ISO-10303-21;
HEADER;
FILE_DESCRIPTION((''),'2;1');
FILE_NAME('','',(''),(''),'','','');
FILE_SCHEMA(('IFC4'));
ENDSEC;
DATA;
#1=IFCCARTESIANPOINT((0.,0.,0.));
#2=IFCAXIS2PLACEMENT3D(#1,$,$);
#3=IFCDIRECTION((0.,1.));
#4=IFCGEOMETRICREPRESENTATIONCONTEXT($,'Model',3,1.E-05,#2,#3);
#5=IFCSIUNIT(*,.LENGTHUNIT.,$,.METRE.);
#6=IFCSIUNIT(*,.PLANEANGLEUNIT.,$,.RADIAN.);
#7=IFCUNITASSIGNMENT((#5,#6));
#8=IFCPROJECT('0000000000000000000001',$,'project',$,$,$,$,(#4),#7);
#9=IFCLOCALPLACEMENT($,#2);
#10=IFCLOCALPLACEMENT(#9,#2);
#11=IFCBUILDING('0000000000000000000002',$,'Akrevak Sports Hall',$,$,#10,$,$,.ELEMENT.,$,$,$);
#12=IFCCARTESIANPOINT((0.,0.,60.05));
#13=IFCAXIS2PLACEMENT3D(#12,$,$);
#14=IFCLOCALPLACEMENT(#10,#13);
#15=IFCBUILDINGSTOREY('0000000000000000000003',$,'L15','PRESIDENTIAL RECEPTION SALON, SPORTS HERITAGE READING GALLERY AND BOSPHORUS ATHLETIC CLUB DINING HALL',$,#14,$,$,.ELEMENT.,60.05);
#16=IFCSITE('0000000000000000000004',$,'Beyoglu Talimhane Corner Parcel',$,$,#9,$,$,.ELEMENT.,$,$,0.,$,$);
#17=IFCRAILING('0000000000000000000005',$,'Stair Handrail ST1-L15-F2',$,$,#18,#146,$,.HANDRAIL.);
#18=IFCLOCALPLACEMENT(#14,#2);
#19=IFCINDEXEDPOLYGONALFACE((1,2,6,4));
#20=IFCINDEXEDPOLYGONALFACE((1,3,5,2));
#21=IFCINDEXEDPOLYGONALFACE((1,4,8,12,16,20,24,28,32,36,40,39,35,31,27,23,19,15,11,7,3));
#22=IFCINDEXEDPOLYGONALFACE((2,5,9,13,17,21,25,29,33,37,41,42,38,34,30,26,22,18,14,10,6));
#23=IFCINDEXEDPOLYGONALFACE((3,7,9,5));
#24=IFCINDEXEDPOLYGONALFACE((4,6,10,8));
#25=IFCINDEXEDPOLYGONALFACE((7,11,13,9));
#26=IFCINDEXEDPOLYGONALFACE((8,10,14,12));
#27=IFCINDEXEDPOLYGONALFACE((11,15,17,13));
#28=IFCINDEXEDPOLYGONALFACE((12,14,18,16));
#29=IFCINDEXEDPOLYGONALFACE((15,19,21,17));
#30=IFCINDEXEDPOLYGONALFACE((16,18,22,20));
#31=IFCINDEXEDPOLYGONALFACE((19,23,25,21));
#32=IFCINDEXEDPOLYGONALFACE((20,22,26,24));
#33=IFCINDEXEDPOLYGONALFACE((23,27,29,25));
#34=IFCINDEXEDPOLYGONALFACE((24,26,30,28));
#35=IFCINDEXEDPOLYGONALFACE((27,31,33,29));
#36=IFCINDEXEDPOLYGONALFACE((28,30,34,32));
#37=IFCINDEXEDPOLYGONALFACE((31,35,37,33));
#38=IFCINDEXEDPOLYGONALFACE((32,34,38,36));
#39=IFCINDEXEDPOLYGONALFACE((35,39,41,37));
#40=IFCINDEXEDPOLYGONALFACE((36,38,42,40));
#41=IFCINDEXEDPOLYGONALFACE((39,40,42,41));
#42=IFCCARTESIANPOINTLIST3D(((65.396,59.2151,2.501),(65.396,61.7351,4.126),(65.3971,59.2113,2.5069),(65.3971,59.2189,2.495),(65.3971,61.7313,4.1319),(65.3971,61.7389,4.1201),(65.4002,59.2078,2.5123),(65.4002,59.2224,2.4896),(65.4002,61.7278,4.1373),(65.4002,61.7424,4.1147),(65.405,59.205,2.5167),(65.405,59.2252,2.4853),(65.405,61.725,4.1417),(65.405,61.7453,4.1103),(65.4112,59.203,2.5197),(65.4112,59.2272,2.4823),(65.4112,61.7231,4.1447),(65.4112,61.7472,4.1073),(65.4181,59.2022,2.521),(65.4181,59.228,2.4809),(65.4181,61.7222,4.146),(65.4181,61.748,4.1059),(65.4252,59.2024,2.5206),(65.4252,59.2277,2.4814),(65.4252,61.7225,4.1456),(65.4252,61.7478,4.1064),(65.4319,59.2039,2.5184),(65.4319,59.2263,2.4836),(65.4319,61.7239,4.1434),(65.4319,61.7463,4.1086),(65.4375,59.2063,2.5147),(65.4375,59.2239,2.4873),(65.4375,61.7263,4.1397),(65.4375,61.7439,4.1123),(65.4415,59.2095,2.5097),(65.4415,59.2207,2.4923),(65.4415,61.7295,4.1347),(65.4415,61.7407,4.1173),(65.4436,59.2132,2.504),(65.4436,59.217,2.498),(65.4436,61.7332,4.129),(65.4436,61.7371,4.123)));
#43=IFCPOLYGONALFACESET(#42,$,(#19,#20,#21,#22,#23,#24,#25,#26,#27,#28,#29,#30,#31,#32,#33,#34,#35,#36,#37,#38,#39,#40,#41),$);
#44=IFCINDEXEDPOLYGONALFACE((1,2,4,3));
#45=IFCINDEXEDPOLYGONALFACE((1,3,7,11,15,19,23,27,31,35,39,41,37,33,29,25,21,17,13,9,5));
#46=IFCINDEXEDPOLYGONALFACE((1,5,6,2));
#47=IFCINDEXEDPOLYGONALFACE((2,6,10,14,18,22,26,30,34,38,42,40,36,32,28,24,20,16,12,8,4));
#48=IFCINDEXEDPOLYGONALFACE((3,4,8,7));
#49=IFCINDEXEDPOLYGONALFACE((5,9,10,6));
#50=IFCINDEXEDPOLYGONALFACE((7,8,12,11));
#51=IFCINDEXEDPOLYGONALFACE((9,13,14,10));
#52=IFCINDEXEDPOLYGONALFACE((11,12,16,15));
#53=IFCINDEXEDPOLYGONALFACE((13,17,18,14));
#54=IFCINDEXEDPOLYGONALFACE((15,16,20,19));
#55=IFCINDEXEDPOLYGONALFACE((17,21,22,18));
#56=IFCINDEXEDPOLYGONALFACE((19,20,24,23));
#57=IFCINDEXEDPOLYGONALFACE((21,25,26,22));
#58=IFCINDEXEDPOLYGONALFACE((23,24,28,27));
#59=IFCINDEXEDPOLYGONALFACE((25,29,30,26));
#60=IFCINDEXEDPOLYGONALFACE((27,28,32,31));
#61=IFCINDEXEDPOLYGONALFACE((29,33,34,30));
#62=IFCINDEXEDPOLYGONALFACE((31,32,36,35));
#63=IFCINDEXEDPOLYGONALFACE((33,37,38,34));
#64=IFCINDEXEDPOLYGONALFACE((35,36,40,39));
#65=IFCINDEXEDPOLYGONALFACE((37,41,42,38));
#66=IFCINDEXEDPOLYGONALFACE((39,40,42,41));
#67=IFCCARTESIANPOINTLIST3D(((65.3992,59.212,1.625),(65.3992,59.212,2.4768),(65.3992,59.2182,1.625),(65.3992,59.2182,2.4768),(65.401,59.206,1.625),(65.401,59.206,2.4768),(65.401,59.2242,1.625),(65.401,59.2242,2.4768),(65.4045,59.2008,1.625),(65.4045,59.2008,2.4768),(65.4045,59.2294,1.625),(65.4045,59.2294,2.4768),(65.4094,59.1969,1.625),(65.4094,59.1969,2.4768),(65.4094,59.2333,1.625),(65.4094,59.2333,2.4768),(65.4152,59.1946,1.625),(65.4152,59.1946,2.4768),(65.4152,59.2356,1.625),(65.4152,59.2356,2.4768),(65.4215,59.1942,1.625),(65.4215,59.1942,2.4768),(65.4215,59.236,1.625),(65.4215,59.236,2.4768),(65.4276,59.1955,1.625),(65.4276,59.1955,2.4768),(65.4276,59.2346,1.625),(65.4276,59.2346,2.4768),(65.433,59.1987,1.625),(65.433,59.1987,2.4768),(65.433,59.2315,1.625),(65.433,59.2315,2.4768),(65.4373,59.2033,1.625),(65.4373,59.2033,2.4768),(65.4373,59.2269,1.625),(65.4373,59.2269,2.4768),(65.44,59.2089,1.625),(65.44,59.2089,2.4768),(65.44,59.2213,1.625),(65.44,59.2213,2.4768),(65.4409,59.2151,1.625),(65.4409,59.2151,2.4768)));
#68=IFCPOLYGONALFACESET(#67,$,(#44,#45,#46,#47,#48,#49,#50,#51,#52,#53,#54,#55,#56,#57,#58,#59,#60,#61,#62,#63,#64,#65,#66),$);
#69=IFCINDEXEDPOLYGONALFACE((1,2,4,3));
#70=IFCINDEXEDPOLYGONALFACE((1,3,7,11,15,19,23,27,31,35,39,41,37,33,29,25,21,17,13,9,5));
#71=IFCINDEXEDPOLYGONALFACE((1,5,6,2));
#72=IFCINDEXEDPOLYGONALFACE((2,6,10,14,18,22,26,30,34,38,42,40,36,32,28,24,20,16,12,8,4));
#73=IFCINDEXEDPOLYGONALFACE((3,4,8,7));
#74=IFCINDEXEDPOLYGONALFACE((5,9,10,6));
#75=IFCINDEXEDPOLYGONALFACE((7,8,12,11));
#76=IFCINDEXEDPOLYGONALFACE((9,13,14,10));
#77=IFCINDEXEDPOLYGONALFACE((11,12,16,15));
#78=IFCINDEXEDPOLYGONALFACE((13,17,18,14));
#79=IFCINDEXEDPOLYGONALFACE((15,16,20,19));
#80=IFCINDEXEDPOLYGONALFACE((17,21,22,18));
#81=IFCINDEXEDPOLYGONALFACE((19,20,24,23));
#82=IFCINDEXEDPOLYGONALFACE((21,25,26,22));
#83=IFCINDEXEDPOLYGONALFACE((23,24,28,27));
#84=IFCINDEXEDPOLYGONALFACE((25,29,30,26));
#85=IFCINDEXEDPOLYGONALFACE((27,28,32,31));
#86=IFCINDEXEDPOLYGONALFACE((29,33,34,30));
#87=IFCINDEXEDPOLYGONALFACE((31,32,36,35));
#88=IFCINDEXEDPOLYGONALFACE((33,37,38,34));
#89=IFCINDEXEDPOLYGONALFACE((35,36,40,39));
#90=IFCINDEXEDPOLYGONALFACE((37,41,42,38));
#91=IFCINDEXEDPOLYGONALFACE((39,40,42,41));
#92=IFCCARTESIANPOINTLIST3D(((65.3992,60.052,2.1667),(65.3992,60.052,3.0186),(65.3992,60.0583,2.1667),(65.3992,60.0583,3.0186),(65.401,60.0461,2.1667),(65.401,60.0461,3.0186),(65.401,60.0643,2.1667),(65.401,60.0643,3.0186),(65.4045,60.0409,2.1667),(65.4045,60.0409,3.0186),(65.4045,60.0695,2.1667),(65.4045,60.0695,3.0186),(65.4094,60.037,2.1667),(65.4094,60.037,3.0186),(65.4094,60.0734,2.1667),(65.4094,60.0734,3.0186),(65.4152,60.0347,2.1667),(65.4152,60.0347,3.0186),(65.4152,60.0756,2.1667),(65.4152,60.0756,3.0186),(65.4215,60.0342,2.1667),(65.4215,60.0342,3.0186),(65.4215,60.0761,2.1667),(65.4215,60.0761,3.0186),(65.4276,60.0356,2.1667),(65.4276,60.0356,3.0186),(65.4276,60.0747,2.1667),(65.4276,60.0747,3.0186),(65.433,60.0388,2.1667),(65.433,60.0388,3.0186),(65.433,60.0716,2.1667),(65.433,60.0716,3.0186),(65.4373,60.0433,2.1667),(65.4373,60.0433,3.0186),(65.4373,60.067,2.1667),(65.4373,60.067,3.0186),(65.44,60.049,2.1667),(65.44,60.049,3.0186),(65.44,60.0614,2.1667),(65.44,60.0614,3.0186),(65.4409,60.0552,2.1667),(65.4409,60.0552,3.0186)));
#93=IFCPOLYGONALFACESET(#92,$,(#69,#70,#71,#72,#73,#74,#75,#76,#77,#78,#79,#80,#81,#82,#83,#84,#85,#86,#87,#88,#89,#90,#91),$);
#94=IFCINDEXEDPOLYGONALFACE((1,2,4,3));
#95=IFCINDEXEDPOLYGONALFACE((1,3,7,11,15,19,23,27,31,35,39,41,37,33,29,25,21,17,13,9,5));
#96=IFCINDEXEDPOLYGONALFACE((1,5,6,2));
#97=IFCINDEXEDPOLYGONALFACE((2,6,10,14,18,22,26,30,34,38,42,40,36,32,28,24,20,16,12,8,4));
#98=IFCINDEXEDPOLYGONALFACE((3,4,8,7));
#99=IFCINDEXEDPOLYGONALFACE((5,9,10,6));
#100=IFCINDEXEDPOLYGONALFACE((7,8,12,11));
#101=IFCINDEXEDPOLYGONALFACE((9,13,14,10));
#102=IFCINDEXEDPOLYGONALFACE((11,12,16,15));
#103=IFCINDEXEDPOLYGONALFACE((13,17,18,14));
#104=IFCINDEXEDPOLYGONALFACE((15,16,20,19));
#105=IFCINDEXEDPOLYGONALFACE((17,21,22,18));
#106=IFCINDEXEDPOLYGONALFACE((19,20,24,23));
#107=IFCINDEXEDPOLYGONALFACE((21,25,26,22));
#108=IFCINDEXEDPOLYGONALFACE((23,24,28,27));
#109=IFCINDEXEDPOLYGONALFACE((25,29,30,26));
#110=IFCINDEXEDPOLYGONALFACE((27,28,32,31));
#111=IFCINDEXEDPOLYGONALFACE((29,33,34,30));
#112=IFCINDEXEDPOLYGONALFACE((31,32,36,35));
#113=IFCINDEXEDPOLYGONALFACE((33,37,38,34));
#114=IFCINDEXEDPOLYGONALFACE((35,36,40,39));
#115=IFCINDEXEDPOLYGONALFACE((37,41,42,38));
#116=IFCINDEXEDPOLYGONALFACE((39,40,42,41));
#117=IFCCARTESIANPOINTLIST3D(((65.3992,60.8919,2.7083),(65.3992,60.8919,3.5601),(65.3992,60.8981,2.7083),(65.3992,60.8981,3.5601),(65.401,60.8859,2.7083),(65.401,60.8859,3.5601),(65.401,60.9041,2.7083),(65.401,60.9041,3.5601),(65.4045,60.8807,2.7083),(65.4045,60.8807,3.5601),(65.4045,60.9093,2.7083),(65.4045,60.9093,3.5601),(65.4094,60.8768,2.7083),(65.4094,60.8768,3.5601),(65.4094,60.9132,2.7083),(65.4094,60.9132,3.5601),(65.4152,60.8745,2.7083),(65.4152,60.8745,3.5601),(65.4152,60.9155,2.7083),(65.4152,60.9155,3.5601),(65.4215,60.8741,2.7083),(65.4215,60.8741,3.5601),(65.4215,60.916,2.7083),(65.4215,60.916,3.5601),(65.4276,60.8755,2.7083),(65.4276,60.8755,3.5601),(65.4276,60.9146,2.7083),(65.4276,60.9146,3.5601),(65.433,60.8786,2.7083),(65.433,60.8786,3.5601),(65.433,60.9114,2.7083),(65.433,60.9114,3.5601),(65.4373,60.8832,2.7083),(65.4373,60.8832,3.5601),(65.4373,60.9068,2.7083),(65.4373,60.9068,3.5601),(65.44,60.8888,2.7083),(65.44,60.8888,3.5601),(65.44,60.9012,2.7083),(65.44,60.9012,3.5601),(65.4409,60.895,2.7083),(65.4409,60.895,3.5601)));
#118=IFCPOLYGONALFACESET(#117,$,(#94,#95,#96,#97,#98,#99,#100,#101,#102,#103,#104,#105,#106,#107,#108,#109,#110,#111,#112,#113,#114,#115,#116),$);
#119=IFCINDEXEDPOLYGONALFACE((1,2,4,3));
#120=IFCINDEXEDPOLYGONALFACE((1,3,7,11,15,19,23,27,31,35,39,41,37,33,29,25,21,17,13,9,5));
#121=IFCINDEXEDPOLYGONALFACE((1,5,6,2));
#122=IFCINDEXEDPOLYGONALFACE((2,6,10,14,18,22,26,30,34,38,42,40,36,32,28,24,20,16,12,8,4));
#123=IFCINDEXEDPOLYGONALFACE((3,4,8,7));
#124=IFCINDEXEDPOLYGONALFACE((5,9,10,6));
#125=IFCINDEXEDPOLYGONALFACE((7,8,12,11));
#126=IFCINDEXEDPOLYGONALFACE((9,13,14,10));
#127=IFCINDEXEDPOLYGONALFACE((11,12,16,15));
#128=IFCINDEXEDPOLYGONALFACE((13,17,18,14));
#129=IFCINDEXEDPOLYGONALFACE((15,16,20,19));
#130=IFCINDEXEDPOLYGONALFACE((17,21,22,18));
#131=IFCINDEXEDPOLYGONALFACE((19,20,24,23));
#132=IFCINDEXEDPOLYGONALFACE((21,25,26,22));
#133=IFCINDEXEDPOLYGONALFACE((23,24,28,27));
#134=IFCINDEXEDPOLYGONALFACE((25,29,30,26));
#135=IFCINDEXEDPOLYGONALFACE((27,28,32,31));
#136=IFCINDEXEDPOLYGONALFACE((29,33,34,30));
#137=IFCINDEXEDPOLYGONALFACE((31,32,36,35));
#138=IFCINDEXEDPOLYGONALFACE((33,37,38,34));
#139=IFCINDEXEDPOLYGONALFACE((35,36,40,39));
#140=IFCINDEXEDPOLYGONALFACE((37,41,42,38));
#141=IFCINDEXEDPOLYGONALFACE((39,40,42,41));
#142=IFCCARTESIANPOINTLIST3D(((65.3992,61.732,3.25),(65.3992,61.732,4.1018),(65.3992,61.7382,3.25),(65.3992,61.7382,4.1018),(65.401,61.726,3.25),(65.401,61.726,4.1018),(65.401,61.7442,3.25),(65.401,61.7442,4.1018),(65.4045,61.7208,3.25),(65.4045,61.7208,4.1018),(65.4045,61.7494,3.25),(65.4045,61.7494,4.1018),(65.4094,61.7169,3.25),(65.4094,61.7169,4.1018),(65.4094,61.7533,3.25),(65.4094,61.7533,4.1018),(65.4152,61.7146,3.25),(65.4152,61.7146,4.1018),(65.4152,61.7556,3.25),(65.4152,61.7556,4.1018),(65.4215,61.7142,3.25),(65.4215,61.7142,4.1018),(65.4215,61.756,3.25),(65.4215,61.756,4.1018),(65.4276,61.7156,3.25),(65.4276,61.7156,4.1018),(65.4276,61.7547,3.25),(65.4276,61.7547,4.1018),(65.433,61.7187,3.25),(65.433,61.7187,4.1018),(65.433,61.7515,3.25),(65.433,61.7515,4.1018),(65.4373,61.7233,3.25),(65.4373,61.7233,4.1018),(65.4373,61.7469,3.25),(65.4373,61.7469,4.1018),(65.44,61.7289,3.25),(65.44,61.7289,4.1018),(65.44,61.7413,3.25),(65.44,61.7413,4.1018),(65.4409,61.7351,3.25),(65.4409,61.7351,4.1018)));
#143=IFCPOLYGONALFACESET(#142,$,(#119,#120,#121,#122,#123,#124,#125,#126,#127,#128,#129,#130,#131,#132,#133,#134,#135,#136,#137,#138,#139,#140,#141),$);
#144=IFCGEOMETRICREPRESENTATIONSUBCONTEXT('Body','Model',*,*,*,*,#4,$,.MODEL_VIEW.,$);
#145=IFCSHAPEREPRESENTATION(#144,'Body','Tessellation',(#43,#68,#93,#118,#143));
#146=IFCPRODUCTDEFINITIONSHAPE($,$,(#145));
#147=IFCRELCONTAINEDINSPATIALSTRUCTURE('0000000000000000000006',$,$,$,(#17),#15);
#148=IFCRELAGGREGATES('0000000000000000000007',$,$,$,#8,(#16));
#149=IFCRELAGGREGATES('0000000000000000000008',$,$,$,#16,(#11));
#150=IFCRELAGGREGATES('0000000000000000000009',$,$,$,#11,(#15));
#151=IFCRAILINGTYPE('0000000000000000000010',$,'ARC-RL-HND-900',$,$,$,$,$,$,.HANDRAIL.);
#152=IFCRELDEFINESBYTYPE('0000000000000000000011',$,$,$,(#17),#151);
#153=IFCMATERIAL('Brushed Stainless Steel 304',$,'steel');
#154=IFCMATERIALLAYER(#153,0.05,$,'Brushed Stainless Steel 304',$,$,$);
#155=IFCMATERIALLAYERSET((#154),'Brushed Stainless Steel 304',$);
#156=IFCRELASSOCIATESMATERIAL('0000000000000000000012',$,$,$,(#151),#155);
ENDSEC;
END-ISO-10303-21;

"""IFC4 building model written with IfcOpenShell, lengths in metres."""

from ifc_helpers import new_model, si_unit, direction, frame, origin, origin_2d, place, context, subcontext, project, spatial, circle, extrude, material, layer, layer_set, type_object, element, save


model = new_model("IFC4")

# Units and contexts
model_context = context("Model", 3, precision=1e-05, world=origin(), true_north=direction((0.0, 1.0)))
body_context = subcontext(model_context, "Body", "Model", "MODEL_VIEW")
ifc_project = project(units=[si_unit("LENGTHUNIT", "METRE"), si_unit("PLANEANGLEUNIT", "RADIAN")], contexts=[model_context])

# Site, building, storey
site_placement = place(None, origin())
site = spatial("IfcSite", under=ifc_project, at=site_placement, Name="Beyoglu Talimhane Corner Parcel", CompositionType="ELEMENT", RefElevation=0.0)
building_placement = place(site_placement, origin())
building = spatial("IfcBuilding", under=site, at=building_placement, Name="Akrevak Sports Hall", CompositionType="ELEMENT")
storey_placement = place(building_placement, frame((0.0, 0.0, 60.05)))
storey = spatial("IfcBuildingStorey", under=building, at=storey_placement, Name="L15", Description="PRESIDENTIAL RECEPTION SALON, SPORTS HERITAGE READING GALLERY AND BOSPHORUS ATHLETIC CLUB DINING HALL", CompositionType="ELEMENT", Elevation=60.05)

# Railing
ifc_material_1 = material(Name="Brushed Stainless Steel 304", Category="steel")
ifc_layer_1 = layer(ifc_material_1, 0.05, Name="Brushed Stainless Steel 304")
ifc_layer_set_1 = layer_set([ifc_layer_1], Name="Brushed Stainless Steel 304")
railing_type_1 = type_object("IfcRailingType", Name="ARC-RL-HND-900", PredefinedType="HANDRAIL", material=ifc_layer_set_1)
railing_1_placement = place(storey_placement, frame((65.4199, 59.2151, 1.625)))
element("IfcRailing", 1, at=railing_1_placement, inside=storey, type_object=railing_type_1, Name="Stair Handrail ST1-L15-F2", PredefinedType="HANDRAIL", context=body_context, shape_type="SweptSolid", body=[
    extrude(circle(Radius=0.0239, at=origin_2d()), frame((0.0, 0.0, 0.876), z_axis=(0.0, 0.840421, 0.541934), x_axis=(-1.0, 0.0, 0.0)), (0.0, 0.0, 1.0), 2.9985),
    extrude(circle(Radius=0.021, at=origin_2d()), origin(), (0.0, 0.0, 1.0), 0.8518),
    extrude(circle(Radius=0.021, at=origin_2d()), frame((0.0, 0.8401, 0.5417)), (0.0, 0.0, 1.0), 0.8518),
    extrude(circle(Radius=0.021, at=origin_2d()), frame((0.0, 1.6799, 1.0833)), (0.0, 0.0, 1.0), 0.8518),
    extrude(circle(Radius=0.021, at=origin_2d()), frame((0.0, 2.52, 1.625)), (0.0, 0.0, 1.0), 0.8518),
])

save(model, "model.ifc")
